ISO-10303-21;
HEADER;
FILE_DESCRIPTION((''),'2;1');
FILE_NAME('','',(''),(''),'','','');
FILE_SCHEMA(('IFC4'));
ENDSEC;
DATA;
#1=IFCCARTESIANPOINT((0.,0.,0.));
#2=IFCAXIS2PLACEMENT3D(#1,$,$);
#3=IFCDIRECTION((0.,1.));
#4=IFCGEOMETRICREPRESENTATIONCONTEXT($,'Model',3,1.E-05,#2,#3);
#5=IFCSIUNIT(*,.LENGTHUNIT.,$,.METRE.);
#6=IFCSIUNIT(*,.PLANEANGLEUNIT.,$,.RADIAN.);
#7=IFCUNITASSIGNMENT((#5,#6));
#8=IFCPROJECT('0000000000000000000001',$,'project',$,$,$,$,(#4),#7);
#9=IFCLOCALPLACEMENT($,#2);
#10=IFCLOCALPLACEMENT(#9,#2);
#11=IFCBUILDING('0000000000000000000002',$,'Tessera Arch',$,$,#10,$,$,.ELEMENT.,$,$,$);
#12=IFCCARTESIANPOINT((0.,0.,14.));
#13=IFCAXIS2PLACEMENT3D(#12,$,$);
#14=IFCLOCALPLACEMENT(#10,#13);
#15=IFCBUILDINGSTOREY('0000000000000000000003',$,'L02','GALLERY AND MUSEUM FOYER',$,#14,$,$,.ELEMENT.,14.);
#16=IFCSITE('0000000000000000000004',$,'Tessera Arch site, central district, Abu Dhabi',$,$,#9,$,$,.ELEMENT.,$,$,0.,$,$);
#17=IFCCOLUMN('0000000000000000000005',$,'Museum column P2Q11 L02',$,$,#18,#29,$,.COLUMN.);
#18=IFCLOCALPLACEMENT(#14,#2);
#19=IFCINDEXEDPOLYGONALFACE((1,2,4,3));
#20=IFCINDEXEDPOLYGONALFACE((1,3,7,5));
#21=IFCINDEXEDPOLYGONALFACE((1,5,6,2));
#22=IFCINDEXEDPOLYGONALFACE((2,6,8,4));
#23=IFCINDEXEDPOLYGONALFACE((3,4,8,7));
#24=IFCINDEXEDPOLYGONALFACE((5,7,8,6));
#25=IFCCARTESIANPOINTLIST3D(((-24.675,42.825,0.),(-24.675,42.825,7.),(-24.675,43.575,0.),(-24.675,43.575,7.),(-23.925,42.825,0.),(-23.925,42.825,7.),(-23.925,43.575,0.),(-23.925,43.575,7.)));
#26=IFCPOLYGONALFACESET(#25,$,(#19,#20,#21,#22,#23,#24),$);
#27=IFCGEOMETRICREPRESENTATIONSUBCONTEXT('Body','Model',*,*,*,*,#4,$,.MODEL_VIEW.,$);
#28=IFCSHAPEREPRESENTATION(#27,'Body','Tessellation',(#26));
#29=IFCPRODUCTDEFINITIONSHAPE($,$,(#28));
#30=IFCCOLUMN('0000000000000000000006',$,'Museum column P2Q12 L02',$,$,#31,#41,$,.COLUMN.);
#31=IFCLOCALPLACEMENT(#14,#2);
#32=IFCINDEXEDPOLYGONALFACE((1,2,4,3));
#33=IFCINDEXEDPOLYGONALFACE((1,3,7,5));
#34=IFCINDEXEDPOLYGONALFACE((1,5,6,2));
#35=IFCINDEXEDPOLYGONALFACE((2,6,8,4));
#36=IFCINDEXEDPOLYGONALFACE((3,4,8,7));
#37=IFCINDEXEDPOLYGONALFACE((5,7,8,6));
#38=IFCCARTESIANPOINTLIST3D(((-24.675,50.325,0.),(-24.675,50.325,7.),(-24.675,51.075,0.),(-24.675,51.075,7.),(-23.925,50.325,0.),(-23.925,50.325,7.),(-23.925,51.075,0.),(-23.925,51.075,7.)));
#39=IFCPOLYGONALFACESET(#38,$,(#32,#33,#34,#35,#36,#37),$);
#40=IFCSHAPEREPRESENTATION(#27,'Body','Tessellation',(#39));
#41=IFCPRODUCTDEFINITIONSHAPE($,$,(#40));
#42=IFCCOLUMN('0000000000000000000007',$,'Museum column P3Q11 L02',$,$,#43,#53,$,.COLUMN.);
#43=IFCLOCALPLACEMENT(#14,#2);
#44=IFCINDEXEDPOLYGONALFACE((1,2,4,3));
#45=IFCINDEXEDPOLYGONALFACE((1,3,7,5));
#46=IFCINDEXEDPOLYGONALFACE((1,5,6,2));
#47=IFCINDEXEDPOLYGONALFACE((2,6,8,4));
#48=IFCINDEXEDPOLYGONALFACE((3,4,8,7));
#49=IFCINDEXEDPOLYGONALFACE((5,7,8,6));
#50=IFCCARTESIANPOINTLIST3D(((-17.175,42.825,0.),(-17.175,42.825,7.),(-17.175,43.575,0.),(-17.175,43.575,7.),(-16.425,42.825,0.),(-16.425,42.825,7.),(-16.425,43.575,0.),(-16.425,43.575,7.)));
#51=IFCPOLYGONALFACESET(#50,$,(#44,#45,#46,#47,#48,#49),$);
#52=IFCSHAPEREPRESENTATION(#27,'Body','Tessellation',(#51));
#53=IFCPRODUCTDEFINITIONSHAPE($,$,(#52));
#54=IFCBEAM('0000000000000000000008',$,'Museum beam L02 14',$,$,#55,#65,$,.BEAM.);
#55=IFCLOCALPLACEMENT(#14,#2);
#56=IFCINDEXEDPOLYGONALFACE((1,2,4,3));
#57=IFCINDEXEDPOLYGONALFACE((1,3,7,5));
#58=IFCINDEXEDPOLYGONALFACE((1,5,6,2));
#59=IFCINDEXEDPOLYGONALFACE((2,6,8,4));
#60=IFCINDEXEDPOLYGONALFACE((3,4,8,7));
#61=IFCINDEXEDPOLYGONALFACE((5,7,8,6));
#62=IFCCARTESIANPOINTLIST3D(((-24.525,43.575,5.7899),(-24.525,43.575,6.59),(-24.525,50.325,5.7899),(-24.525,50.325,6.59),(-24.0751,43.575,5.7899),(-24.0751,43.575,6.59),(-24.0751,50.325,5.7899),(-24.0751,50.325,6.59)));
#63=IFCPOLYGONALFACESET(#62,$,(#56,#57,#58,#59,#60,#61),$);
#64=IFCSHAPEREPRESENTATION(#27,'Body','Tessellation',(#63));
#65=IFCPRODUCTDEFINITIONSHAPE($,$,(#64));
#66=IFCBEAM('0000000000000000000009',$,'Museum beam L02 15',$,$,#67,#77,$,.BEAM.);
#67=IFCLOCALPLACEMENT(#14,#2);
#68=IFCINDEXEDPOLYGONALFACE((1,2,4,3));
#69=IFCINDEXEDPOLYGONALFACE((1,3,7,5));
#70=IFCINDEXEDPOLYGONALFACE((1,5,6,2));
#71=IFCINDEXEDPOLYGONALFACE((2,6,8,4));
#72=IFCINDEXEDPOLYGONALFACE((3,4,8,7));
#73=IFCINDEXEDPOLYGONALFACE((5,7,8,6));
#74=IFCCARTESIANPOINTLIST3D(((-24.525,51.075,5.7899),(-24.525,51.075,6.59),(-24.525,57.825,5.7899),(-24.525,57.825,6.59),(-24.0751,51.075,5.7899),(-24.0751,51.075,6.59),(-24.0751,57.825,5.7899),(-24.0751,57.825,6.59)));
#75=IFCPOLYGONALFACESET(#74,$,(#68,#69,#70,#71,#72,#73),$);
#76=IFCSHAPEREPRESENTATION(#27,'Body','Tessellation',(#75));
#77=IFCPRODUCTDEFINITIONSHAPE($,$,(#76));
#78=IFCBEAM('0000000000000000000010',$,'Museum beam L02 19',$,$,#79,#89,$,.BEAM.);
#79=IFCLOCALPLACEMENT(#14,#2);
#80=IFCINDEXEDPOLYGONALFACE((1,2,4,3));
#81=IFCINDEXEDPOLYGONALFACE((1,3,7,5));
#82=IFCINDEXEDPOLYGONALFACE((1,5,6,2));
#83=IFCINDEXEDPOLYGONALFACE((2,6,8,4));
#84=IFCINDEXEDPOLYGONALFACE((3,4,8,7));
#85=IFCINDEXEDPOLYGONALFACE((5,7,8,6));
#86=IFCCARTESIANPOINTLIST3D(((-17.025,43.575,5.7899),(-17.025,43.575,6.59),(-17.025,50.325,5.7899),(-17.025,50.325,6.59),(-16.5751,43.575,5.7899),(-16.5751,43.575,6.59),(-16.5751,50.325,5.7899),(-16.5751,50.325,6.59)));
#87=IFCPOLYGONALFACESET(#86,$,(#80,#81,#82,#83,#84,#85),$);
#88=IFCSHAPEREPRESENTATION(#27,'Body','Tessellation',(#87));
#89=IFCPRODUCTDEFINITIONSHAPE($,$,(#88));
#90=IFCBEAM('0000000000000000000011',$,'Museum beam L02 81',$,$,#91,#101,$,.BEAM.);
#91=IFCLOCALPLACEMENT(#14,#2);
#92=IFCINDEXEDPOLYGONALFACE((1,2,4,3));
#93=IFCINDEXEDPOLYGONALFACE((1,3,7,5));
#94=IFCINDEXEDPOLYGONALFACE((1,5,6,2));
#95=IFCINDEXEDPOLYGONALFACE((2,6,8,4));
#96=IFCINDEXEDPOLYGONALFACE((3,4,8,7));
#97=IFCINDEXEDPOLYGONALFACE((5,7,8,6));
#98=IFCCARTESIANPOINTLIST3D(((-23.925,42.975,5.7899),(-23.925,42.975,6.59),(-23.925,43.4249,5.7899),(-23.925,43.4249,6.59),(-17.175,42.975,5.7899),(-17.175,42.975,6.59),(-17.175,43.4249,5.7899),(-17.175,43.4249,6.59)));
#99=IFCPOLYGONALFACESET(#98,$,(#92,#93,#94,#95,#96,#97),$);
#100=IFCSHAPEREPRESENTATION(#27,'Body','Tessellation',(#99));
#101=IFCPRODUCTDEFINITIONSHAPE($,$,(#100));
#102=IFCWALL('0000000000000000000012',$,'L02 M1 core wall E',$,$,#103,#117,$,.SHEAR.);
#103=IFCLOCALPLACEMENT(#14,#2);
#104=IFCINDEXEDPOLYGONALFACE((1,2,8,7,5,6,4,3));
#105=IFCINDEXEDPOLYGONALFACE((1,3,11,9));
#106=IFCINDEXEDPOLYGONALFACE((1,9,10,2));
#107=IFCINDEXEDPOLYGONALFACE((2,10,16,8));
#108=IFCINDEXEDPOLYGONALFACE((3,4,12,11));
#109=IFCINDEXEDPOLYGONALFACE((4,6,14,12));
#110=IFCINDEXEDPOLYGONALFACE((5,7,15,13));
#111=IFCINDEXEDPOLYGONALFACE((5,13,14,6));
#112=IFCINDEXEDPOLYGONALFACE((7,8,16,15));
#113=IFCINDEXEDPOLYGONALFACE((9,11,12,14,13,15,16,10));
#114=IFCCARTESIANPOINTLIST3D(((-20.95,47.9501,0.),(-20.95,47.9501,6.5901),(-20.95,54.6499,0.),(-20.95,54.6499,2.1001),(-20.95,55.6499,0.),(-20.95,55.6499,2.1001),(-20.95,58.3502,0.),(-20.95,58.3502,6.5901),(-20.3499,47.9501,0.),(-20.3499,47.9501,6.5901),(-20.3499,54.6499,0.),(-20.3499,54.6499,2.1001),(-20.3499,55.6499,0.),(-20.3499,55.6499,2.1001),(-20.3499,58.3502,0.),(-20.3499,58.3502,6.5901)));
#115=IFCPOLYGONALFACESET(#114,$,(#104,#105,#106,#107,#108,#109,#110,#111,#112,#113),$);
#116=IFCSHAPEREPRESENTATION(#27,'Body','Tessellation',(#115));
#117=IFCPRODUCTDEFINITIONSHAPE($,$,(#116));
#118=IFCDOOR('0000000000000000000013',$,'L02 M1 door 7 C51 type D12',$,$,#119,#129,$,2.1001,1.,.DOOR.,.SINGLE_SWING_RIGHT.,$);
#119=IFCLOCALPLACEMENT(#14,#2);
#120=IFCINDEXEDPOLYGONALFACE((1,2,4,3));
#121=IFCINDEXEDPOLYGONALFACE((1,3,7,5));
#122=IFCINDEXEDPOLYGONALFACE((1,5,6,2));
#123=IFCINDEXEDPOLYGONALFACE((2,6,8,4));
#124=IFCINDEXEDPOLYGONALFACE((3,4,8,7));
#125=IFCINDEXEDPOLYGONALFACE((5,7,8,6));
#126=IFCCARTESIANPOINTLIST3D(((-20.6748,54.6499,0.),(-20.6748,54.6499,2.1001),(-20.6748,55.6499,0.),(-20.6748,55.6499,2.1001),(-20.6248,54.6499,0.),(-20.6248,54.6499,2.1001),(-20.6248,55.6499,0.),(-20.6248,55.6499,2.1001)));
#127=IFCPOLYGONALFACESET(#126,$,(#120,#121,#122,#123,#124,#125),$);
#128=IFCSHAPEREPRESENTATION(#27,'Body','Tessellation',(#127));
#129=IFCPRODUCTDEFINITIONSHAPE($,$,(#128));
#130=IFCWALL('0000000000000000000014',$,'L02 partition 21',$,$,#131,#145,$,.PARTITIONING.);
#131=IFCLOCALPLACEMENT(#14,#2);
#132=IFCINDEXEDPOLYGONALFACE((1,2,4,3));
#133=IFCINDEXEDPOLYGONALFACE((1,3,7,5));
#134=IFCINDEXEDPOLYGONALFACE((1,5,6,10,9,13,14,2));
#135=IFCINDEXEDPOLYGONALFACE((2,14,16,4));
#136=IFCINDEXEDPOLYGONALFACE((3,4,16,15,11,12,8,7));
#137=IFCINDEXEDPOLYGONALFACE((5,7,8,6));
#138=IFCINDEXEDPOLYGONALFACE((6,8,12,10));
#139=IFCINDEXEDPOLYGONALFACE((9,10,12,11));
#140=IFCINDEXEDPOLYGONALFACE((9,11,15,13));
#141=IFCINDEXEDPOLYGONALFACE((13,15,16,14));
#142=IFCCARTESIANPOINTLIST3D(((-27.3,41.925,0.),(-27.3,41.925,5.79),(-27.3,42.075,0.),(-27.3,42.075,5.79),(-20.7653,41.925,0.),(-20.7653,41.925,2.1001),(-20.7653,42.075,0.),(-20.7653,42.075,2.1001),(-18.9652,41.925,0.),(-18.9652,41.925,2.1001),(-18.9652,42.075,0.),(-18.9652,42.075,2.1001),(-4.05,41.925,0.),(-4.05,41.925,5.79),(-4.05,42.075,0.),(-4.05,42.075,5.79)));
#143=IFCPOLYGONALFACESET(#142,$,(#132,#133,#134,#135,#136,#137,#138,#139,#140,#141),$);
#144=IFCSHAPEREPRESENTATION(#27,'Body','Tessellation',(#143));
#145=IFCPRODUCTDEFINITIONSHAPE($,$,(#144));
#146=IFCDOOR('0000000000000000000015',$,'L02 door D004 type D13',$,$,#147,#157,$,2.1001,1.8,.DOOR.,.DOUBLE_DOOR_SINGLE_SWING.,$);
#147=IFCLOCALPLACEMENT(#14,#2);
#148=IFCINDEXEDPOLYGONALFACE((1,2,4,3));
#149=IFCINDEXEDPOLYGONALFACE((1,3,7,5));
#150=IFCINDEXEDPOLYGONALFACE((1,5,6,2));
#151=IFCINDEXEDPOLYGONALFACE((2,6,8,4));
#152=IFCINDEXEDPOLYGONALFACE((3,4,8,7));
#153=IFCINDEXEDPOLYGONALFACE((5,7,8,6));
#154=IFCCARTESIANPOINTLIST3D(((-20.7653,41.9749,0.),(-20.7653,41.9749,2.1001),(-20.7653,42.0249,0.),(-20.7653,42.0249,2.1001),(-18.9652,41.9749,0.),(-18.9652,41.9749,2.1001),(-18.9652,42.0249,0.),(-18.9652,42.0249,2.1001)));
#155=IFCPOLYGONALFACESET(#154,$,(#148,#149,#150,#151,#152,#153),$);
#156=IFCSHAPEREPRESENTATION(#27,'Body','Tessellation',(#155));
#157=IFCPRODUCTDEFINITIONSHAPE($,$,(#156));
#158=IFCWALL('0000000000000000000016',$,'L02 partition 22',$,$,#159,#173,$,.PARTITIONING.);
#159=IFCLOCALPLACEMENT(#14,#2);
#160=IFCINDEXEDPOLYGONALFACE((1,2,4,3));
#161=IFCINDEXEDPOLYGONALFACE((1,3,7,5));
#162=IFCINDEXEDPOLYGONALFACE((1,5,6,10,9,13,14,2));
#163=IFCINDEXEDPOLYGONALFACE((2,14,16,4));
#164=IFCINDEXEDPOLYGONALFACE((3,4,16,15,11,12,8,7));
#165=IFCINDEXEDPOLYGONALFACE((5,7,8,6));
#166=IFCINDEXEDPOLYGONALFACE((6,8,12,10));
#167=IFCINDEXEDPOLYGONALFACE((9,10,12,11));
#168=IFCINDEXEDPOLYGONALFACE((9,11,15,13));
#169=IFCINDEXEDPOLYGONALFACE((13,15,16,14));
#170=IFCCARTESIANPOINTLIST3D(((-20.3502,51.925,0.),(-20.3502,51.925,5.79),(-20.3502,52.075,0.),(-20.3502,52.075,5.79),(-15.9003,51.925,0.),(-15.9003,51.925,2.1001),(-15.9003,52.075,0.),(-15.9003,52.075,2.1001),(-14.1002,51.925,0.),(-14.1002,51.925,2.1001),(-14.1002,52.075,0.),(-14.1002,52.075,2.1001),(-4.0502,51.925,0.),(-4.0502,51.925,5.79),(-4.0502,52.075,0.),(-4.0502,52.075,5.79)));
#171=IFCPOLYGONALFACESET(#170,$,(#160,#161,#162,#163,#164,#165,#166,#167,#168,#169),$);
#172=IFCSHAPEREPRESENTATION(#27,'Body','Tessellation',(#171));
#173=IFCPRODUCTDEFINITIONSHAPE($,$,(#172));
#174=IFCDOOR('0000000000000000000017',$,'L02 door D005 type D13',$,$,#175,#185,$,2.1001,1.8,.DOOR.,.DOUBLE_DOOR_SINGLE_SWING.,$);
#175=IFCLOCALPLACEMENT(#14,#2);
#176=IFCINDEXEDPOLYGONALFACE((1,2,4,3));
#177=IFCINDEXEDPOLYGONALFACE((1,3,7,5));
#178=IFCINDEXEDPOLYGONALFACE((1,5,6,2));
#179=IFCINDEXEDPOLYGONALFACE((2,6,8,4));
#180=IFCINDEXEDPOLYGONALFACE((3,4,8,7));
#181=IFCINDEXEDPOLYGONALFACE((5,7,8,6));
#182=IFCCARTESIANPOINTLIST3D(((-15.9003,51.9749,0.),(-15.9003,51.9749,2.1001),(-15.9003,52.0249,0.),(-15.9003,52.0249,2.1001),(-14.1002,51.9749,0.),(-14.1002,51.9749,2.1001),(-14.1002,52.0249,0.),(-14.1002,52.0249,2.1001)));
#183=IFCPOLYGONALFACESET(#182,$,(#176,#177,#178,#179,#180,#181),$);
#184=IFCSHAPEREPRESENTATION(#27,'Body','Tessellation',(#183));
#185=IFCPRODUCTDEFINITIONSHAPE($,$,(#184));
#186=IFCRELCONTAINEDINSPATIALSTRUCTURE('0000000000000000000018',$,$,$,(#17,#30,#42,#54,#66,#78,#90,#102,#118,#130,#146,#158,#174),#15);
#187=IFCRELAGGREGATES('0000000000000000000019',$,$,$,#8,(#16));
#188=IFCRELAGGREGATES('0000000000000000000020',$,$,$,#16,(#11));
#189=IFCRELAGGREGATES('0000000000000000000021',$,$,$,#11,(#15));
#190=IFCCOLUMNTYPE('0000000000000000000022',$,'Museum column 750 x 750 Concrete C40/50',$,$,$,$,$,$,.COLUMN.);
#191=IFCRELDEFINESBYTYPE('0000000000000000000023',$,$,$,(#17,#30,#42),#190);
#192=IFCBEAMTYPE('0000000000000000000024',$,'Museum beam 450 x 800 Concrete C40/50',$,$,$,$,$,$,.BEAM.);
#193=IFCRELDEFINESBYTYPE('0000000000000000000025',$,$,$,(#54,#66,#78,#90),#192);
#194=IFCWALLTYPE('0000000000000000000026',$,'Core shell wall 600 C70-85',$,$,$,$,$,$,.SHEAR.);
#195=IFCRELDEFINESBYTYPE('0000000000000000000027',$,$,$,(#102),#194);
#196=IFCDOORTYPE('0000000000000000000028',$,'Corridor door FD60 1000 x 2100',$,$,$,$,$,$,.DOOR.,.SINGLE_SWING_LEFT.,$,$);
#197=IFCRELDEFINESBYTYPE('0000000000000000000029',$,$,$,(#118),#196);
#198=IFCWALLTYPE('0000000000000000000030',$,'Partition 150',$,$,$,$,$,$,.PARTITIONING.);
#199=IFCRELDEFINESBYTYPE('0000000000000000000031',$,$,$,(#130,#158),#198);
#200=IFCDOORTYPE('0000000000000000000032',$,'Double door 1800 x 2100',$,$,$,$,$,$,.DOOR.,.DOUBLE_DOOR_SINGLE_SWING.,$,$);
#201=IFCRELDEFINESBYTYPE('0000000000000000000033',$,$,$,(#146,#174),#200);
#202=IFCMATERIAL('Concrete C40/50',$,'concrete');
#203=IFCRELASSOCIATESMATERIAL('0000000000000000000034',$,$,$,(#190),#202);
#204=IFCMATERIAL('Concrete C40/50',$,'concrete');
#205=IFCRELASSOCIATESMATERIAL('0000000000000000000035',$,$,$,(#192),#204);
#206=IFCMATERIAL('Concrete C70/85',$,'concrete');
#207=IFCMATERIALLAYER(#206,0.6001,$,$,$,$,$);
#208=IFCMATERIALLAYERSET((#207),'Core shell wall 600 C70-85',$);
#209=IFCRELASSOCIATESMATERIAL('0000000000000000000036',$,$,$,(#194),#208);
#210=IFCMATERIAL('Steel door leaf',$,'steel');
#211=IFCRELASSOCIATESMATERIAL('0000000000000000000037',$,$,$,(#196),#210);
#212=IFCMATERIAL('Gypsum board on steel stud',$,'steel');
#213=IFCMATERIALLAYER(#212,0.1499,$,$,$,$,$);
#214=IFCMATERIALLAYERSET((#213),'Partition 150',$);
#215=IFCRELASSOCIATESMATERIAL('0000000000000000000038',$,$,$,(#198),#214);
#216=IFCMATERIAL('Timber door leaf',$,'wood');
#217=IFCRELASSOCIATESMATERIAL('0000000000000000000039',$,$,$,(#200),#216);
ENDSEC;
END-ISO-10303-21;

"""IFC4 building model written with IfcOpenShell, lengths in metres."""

from ifc_helpers import new_model, si_unit, direction, frame, frame_2d, origin, origin_2d, place, context, subcontext, project, spatial, rectangle, extrude, material, layer, layer_set, material_profile, profile_set, type_object, element, fill, save


model = new_model("IFC4")

# Units and contexts
model_context = context("Model", 3, precision=1e-05, world=origin(), true_north=direction((0.0, 1.0)))
body_context = subcontext(model_context, "Body", "Model", "MODEL_VIEW")
ifc_project = project(units=[si_unit("LENGTHUNIT", "METRE"), si_unit("PLANEANGLEUNIT", "RADIAN")], contexts=[model_context])

# Site, building, storey
site_placement = place(None, origin())
site = spatial("IfcSite", under=ifc_project, at=site_placement, Name="Tessera Arch site, central district, Abu Dhabi", CompositionType="ELEMENT", RefElevation=0.0)
building_placement = place(site_placement, origin())
building = spatial("IfcBuilding", under=site, at=building_placement, Name="Tessera Arch", CompositionType="ELEMENT")
storey_placement = place(building_placement, frame((0.0, 0.0, 14.0)))
storey = spatial("IfcBuildingStorey", under=building, at=storey_placement, Name="L02", Description="GALLERY AND MUSEUM FOYER", CompositionType="ELEMENT", Elevation=14.0)

# Columns
ifc_material_1 = material(Name="Concrete C40/50", Category="concrete")
ifc_material_profile_1 = material_profile(ifc_material_1, rectangle(XDim=0.75, YDim=0.75, at=origin_2d()), Name="Museum column 750 x 750 Concrete C40/50")
ifc_profile_set_1 = profile_set([ifc_material_profile_1], Name="Concrete C40/50")
column_type = type_object("IfcColumnType", Name="Museum column 750 x 750 Concrete C40/50", PredefinedType="COLUMN", material=ifc_profile_set_1)
for number, where, z_axis, x_axis, name in (
    (1, (-24.3, 43.2, 0.0), (0.0, 0.0, 1.0), (1.0, 0.0, 0.0), "Museum column P2Q11 L02"),
    (2, (-24.3, 50.7, 0.0), (0.0, 0.0, 1.0), (1.0, 0.0, 0.0), "Museum column P2Q12 L02"),
    (3, (-16.8, 43.2, 0.0), (0.0, 0.0, 1.0), (1.0, 0.0, 0.0), "Museum column P3Q11 L02"),
):
    element("IfcColumn", number, at=place(storey_placement, frame(where, z_axis=z_axis, x_axis=x_axis)), inside=storey, type_object=column_type, Name=name, PredefinedType="COLUMN", context=body_context, shape_type="SweptSolid", body=[
        extrude(rectangle(XDim=0.75, YDim=0.75, at=origin_2d()), origin(), (0.0, 0.0, 1.0), 7.0),
    ])

# Beams
ifc_material_2 = material(Name="Concrete C40/50", Category="concrete")
ifc_material_profile_2 = material_profile(ifc_material_2, rectangle(XDim=0.45, YDim=0.8, at=origin_2d()), Name="Museum beam 450 x 800 Concrete C40/50")
ifc_profile_set_2 = profile_set([ifc_material_profile_2], Name="Concrete C40/50")
beam_type = type_object("IfcBeamType", Name="Museum beam 450 x 800 Concrete C40/50", PredefinedType="BEAM", material=ifc_profile_set_2)
for number, where, z_axis, x_axis, name in (
    (4, (-24.3, 43.575, 6.1899), (0.0, 1.0, 0.0), (-1.0, 0.0, 0.0), "Museum beam L02 14"),
    (5, (-24.3, 51.075, 6.1899), (0.0, 1.0, 0.0), (-1.0, 0.0, 0.0), "Museum beam L02 15"),
    (6, (-16.8, 43.575, 6.1899), (0.0, 1.0, 0.0), (-1.0, 0.0, 0.0), "Museum beam L02 19"),
    (7, (-23.925, 43.2, 6.1899), (1.0, 0.0, 0.0), (0.0, 1.0, 0.0), "Museum beam L02 81"),
):
    element("IfcBeam", number, at=place(storey_placement, frame(where, z_axis=z_axis, x_axis=x_axis)), inside=storey, type_object=beam_type, Name=name, PredefinedType="BEAM", context=body_context, shape_type="SweptSolid", body=[
        extrude(rectangle(XDim=0.45, YDim=0.8, at=origin_2d()), origin(), (0.0, 0.0, 1.0), 6.75),
    ])

# Walls, openings, doors
ifc_material_3 = material(Name="Concrete C70/85", Category="concrete")
ifc_layer_1 = layer(ifc_material_3, 0.6001)
ifc_layer_set_1 = layer_set([ifc_layer_1], Name="Core shell wall 600 C70-85")
wall_type_1 = type_object("IfcWallType", Name="Core shell wall 600 C70-85", PredefinedType="SHEAR", material=ifc_layer_set_1)
wall_1_placement = place(storey_placement, frame((-20.6499, 47.95, 0.0), z_axis=(0.0, 0.0, 1.0), x_axis=(0.0, 1.0, 0.0)))
wall_1 = element("IfcWall", 8, at=wall_1_placement, inside=storey, type_object=wall_type_1, Name="L02 M1 core wall E", PredefinedType="SHEAR", context=body_context, shape_type="SweptSolid", body=[
    extrude(rectangle(XDim=10.4001, YDim=0.6001, at=frame_2d((5.2002, 0.0))), origin(), (0.0, 0.0, 1.0), 6.5901),
])
opening_1_placement = place(wall_1_placement, frame((6.7, 0.0, 0.0)))
opening_1 = element("IfcOpeningElement", 9, at=opening_1_placement, cuts=wall_1, PredefinedType="OPENING", context=body_context, shape_type="SweptSolid", body=[
    extrude(rectangle(XDim=1.0, YDim=2.1001, at=frame_2d((0.5, 1.05))), frame((0.0, 0.3101, 0.0), z_axis=(0.0, -1.0, 0.0), x_axis=(1.0, 0.0, 0.0)), (0.0, 0.0, 1.0), 0.6201),
])
ifc_material_4 = material(Name="Steel door leaf", Category="steel")
door_type_1 = type_object("IfcDoorType", Name="Corridor door FD60 1000 x 2100", OperationType="SINGLE_SWING_LEFT", PredefinedType="DOOR", material=ifc_material_4)
door_1_placement = place(opening_1_placement, origin())
door_1 = element("IfcDoor", 10, at=door_1_placement, inside=storey, type_object=door_type_1, Name="L02 M1 door 7 C51 type D12", OperationType="SINGLE_SWING_RIGHT", OverallHeight=2.1001, OverallWidth=1.0, PredefinedType="DOOR", context=body_context, shape_type="SweptSolid", body=[
    extrude(rectangle(XDim=1.0, YDim=2.1001, at=frame_2d((0.5, 1.05))), frame((0.0, 0.0249, 0.0), z_axis=(0.0, -1.0, 0.0), x_axis=(1.0, 0.0, 0.0)), (0.0, 0.0, 1.0), 0.05),
])
fill(opening_1, door_1)
ifc_material_5 = material(Name="Gypsum board on steel stud", Category="steel")
ifc_layer_2 = layer(ifc_material_5, 0.1499)
ifc_layer_set_2 = layer_set([ifc_layer_2], Name="Partition 150")
wall_type_2 = type_object("IfcWallType", Name="Partition 150", PredefinedType="PARTITIONING", material=ifc_layer_set_2)
wall_2_placement = place(storey_placement, frame((-27.3, 42.0, 0.0), z_axis=(0.0, 0.0, 1.0), x_axis=(1.0, 0.0, 0.0)))
wall_2 = element("IfcWall", 11, at=wall_2_placement, inside=storey, type_object=wall_type_2, Name="L02 partition 21", PredefinedType="PARTITIONING", context=body_context, shape_type="SweptSolid", body=[
    extrude(rectangle(XDim=23.25, YDim=0.1499, at=frame_2d((11.625, 0.0))), origin(), (0.0, 0.0, 1.0), 5.79),
])
opening_2_placement = place(wall_2_placement, frame((6.5349, 0.0, 0.0)))
opening_2 = element("IfcOpeningElement", 12, at=opening_2_placement, cuts=wall_2, PredefinedType="OPENING", context=body_context, shape_type="SweptSolid", body=[
    extrude(rectangle(XDim=1.8, YDim=2.1001, at=frame_2d((0.8999, 1.05))), frame((0.0, 0.085, 0.0), z_axis=(0.0, -1.0, 0.0), x_axis=(1.0, 0.0, 0.0)), (0.0, 0.0, 1.0), 0.1699),
])
ifc_material_6 = material(Name="Timber door leaf", Category="wood")
door_type_2 = type_object("IfcDoorType", Name="Double door 1800 x 2100", OperationType="DOUBLE_DOOR_SINGLE_SWING", PredefinedType="DOOR", material=ifc_material_6)
door_2_placement = place(opening_2_placement, origin())
door_2 = element("IfcDoor", 13, at=door_2_placement, inside=storey, type_object=door_type_2, Name="L02 door D004 type D13", OperationType="DOUBLE_DOOR_SINGLE_SWING", OverallHeight=2.1001, OverallWidth=1.8, PredefinedType="DOOR", context=body_context, shape_type="SweptSolid", body=[
    extrude(rectangle(XDim=1.8, YDim=2.1001, at=frame_2d((0.8999, 1.05))), frame((0.0, 0.0249, 0.0), z_axis=(0.0, -1.0, 0.0), x_axis=(1.0, 0.0, 0.0)), (0.0, 0.0, 1.0), 0.05),
])
fill(opening_2, door_2)
wall_3_placement = place(storey_placement, frame((-20.3501, 52.0, 0.0), z_axis=(0.0, 0.0, 1.0), x_axis=(1.0, 0.0, 0.0)))
wall_3 = element("IfcWall", 14, at=wall_3_placement, inside=storey, type_object=wall_type_2, Name="L02 partition 22", PredefinedType="PARTITIONING", context=body_context, shape_type="SweptSolid", body=[
    extrude(rectangle(XDim=16.3, YDim=0.1499, at=frame_2d((8.1499, 0.0))), origin(), (0.0, 0.0, 1.0), 5.79),
])
opening_3_placement = place(wall_3_placement, frame((4.45, 0.0, 0.0)))
opening_3 = element("IfcOpeningElement", 15, at=opening_3_placement, cuts=wall_3, PredefinedType="OPENING", context=body_context, shape_type="SweptSolid", body=[
    extrude(rectangle(XDim=1.8, YDim=2.1001, at=frame_2d((0.8999, 1.05))), frame((0.0, 0.085, 0.0), z_axis=(0.0, -1.0, 0.0), x_axis=(1.0, 0.0, 0.0)), (0.0, 0.0, 1.0), 0.1699),
])
door_3_placement = place(opening_3_placement, origin())
door_3 = element("IfcDoor", 16, at=door_3_placement, inside=storey, type_object=door_type_2, Name="L02 door D005 type D13", OperationType="DOUBLE_DOOR_SINGLE_SWING", OverallHeight=2.1001, OverallWidth=1.8, PredefinedType="DOOR", context=body_context, shape_type="SweptSolid", body=[
    extrude(rectangle(XDim=1.8, YDim=2.1001, at=frame_2d((0.8999, 1.05))), frame((0.0, 0.0249, 0.0), z_axis=(0.0, -1.0, 0.0), x_axis=(1.0, 0.0, 0.0)), (0.0, 0.0, 1.0), 0.05),
])
fill(opening_3, door_3)

save(model, "model.ifc")
